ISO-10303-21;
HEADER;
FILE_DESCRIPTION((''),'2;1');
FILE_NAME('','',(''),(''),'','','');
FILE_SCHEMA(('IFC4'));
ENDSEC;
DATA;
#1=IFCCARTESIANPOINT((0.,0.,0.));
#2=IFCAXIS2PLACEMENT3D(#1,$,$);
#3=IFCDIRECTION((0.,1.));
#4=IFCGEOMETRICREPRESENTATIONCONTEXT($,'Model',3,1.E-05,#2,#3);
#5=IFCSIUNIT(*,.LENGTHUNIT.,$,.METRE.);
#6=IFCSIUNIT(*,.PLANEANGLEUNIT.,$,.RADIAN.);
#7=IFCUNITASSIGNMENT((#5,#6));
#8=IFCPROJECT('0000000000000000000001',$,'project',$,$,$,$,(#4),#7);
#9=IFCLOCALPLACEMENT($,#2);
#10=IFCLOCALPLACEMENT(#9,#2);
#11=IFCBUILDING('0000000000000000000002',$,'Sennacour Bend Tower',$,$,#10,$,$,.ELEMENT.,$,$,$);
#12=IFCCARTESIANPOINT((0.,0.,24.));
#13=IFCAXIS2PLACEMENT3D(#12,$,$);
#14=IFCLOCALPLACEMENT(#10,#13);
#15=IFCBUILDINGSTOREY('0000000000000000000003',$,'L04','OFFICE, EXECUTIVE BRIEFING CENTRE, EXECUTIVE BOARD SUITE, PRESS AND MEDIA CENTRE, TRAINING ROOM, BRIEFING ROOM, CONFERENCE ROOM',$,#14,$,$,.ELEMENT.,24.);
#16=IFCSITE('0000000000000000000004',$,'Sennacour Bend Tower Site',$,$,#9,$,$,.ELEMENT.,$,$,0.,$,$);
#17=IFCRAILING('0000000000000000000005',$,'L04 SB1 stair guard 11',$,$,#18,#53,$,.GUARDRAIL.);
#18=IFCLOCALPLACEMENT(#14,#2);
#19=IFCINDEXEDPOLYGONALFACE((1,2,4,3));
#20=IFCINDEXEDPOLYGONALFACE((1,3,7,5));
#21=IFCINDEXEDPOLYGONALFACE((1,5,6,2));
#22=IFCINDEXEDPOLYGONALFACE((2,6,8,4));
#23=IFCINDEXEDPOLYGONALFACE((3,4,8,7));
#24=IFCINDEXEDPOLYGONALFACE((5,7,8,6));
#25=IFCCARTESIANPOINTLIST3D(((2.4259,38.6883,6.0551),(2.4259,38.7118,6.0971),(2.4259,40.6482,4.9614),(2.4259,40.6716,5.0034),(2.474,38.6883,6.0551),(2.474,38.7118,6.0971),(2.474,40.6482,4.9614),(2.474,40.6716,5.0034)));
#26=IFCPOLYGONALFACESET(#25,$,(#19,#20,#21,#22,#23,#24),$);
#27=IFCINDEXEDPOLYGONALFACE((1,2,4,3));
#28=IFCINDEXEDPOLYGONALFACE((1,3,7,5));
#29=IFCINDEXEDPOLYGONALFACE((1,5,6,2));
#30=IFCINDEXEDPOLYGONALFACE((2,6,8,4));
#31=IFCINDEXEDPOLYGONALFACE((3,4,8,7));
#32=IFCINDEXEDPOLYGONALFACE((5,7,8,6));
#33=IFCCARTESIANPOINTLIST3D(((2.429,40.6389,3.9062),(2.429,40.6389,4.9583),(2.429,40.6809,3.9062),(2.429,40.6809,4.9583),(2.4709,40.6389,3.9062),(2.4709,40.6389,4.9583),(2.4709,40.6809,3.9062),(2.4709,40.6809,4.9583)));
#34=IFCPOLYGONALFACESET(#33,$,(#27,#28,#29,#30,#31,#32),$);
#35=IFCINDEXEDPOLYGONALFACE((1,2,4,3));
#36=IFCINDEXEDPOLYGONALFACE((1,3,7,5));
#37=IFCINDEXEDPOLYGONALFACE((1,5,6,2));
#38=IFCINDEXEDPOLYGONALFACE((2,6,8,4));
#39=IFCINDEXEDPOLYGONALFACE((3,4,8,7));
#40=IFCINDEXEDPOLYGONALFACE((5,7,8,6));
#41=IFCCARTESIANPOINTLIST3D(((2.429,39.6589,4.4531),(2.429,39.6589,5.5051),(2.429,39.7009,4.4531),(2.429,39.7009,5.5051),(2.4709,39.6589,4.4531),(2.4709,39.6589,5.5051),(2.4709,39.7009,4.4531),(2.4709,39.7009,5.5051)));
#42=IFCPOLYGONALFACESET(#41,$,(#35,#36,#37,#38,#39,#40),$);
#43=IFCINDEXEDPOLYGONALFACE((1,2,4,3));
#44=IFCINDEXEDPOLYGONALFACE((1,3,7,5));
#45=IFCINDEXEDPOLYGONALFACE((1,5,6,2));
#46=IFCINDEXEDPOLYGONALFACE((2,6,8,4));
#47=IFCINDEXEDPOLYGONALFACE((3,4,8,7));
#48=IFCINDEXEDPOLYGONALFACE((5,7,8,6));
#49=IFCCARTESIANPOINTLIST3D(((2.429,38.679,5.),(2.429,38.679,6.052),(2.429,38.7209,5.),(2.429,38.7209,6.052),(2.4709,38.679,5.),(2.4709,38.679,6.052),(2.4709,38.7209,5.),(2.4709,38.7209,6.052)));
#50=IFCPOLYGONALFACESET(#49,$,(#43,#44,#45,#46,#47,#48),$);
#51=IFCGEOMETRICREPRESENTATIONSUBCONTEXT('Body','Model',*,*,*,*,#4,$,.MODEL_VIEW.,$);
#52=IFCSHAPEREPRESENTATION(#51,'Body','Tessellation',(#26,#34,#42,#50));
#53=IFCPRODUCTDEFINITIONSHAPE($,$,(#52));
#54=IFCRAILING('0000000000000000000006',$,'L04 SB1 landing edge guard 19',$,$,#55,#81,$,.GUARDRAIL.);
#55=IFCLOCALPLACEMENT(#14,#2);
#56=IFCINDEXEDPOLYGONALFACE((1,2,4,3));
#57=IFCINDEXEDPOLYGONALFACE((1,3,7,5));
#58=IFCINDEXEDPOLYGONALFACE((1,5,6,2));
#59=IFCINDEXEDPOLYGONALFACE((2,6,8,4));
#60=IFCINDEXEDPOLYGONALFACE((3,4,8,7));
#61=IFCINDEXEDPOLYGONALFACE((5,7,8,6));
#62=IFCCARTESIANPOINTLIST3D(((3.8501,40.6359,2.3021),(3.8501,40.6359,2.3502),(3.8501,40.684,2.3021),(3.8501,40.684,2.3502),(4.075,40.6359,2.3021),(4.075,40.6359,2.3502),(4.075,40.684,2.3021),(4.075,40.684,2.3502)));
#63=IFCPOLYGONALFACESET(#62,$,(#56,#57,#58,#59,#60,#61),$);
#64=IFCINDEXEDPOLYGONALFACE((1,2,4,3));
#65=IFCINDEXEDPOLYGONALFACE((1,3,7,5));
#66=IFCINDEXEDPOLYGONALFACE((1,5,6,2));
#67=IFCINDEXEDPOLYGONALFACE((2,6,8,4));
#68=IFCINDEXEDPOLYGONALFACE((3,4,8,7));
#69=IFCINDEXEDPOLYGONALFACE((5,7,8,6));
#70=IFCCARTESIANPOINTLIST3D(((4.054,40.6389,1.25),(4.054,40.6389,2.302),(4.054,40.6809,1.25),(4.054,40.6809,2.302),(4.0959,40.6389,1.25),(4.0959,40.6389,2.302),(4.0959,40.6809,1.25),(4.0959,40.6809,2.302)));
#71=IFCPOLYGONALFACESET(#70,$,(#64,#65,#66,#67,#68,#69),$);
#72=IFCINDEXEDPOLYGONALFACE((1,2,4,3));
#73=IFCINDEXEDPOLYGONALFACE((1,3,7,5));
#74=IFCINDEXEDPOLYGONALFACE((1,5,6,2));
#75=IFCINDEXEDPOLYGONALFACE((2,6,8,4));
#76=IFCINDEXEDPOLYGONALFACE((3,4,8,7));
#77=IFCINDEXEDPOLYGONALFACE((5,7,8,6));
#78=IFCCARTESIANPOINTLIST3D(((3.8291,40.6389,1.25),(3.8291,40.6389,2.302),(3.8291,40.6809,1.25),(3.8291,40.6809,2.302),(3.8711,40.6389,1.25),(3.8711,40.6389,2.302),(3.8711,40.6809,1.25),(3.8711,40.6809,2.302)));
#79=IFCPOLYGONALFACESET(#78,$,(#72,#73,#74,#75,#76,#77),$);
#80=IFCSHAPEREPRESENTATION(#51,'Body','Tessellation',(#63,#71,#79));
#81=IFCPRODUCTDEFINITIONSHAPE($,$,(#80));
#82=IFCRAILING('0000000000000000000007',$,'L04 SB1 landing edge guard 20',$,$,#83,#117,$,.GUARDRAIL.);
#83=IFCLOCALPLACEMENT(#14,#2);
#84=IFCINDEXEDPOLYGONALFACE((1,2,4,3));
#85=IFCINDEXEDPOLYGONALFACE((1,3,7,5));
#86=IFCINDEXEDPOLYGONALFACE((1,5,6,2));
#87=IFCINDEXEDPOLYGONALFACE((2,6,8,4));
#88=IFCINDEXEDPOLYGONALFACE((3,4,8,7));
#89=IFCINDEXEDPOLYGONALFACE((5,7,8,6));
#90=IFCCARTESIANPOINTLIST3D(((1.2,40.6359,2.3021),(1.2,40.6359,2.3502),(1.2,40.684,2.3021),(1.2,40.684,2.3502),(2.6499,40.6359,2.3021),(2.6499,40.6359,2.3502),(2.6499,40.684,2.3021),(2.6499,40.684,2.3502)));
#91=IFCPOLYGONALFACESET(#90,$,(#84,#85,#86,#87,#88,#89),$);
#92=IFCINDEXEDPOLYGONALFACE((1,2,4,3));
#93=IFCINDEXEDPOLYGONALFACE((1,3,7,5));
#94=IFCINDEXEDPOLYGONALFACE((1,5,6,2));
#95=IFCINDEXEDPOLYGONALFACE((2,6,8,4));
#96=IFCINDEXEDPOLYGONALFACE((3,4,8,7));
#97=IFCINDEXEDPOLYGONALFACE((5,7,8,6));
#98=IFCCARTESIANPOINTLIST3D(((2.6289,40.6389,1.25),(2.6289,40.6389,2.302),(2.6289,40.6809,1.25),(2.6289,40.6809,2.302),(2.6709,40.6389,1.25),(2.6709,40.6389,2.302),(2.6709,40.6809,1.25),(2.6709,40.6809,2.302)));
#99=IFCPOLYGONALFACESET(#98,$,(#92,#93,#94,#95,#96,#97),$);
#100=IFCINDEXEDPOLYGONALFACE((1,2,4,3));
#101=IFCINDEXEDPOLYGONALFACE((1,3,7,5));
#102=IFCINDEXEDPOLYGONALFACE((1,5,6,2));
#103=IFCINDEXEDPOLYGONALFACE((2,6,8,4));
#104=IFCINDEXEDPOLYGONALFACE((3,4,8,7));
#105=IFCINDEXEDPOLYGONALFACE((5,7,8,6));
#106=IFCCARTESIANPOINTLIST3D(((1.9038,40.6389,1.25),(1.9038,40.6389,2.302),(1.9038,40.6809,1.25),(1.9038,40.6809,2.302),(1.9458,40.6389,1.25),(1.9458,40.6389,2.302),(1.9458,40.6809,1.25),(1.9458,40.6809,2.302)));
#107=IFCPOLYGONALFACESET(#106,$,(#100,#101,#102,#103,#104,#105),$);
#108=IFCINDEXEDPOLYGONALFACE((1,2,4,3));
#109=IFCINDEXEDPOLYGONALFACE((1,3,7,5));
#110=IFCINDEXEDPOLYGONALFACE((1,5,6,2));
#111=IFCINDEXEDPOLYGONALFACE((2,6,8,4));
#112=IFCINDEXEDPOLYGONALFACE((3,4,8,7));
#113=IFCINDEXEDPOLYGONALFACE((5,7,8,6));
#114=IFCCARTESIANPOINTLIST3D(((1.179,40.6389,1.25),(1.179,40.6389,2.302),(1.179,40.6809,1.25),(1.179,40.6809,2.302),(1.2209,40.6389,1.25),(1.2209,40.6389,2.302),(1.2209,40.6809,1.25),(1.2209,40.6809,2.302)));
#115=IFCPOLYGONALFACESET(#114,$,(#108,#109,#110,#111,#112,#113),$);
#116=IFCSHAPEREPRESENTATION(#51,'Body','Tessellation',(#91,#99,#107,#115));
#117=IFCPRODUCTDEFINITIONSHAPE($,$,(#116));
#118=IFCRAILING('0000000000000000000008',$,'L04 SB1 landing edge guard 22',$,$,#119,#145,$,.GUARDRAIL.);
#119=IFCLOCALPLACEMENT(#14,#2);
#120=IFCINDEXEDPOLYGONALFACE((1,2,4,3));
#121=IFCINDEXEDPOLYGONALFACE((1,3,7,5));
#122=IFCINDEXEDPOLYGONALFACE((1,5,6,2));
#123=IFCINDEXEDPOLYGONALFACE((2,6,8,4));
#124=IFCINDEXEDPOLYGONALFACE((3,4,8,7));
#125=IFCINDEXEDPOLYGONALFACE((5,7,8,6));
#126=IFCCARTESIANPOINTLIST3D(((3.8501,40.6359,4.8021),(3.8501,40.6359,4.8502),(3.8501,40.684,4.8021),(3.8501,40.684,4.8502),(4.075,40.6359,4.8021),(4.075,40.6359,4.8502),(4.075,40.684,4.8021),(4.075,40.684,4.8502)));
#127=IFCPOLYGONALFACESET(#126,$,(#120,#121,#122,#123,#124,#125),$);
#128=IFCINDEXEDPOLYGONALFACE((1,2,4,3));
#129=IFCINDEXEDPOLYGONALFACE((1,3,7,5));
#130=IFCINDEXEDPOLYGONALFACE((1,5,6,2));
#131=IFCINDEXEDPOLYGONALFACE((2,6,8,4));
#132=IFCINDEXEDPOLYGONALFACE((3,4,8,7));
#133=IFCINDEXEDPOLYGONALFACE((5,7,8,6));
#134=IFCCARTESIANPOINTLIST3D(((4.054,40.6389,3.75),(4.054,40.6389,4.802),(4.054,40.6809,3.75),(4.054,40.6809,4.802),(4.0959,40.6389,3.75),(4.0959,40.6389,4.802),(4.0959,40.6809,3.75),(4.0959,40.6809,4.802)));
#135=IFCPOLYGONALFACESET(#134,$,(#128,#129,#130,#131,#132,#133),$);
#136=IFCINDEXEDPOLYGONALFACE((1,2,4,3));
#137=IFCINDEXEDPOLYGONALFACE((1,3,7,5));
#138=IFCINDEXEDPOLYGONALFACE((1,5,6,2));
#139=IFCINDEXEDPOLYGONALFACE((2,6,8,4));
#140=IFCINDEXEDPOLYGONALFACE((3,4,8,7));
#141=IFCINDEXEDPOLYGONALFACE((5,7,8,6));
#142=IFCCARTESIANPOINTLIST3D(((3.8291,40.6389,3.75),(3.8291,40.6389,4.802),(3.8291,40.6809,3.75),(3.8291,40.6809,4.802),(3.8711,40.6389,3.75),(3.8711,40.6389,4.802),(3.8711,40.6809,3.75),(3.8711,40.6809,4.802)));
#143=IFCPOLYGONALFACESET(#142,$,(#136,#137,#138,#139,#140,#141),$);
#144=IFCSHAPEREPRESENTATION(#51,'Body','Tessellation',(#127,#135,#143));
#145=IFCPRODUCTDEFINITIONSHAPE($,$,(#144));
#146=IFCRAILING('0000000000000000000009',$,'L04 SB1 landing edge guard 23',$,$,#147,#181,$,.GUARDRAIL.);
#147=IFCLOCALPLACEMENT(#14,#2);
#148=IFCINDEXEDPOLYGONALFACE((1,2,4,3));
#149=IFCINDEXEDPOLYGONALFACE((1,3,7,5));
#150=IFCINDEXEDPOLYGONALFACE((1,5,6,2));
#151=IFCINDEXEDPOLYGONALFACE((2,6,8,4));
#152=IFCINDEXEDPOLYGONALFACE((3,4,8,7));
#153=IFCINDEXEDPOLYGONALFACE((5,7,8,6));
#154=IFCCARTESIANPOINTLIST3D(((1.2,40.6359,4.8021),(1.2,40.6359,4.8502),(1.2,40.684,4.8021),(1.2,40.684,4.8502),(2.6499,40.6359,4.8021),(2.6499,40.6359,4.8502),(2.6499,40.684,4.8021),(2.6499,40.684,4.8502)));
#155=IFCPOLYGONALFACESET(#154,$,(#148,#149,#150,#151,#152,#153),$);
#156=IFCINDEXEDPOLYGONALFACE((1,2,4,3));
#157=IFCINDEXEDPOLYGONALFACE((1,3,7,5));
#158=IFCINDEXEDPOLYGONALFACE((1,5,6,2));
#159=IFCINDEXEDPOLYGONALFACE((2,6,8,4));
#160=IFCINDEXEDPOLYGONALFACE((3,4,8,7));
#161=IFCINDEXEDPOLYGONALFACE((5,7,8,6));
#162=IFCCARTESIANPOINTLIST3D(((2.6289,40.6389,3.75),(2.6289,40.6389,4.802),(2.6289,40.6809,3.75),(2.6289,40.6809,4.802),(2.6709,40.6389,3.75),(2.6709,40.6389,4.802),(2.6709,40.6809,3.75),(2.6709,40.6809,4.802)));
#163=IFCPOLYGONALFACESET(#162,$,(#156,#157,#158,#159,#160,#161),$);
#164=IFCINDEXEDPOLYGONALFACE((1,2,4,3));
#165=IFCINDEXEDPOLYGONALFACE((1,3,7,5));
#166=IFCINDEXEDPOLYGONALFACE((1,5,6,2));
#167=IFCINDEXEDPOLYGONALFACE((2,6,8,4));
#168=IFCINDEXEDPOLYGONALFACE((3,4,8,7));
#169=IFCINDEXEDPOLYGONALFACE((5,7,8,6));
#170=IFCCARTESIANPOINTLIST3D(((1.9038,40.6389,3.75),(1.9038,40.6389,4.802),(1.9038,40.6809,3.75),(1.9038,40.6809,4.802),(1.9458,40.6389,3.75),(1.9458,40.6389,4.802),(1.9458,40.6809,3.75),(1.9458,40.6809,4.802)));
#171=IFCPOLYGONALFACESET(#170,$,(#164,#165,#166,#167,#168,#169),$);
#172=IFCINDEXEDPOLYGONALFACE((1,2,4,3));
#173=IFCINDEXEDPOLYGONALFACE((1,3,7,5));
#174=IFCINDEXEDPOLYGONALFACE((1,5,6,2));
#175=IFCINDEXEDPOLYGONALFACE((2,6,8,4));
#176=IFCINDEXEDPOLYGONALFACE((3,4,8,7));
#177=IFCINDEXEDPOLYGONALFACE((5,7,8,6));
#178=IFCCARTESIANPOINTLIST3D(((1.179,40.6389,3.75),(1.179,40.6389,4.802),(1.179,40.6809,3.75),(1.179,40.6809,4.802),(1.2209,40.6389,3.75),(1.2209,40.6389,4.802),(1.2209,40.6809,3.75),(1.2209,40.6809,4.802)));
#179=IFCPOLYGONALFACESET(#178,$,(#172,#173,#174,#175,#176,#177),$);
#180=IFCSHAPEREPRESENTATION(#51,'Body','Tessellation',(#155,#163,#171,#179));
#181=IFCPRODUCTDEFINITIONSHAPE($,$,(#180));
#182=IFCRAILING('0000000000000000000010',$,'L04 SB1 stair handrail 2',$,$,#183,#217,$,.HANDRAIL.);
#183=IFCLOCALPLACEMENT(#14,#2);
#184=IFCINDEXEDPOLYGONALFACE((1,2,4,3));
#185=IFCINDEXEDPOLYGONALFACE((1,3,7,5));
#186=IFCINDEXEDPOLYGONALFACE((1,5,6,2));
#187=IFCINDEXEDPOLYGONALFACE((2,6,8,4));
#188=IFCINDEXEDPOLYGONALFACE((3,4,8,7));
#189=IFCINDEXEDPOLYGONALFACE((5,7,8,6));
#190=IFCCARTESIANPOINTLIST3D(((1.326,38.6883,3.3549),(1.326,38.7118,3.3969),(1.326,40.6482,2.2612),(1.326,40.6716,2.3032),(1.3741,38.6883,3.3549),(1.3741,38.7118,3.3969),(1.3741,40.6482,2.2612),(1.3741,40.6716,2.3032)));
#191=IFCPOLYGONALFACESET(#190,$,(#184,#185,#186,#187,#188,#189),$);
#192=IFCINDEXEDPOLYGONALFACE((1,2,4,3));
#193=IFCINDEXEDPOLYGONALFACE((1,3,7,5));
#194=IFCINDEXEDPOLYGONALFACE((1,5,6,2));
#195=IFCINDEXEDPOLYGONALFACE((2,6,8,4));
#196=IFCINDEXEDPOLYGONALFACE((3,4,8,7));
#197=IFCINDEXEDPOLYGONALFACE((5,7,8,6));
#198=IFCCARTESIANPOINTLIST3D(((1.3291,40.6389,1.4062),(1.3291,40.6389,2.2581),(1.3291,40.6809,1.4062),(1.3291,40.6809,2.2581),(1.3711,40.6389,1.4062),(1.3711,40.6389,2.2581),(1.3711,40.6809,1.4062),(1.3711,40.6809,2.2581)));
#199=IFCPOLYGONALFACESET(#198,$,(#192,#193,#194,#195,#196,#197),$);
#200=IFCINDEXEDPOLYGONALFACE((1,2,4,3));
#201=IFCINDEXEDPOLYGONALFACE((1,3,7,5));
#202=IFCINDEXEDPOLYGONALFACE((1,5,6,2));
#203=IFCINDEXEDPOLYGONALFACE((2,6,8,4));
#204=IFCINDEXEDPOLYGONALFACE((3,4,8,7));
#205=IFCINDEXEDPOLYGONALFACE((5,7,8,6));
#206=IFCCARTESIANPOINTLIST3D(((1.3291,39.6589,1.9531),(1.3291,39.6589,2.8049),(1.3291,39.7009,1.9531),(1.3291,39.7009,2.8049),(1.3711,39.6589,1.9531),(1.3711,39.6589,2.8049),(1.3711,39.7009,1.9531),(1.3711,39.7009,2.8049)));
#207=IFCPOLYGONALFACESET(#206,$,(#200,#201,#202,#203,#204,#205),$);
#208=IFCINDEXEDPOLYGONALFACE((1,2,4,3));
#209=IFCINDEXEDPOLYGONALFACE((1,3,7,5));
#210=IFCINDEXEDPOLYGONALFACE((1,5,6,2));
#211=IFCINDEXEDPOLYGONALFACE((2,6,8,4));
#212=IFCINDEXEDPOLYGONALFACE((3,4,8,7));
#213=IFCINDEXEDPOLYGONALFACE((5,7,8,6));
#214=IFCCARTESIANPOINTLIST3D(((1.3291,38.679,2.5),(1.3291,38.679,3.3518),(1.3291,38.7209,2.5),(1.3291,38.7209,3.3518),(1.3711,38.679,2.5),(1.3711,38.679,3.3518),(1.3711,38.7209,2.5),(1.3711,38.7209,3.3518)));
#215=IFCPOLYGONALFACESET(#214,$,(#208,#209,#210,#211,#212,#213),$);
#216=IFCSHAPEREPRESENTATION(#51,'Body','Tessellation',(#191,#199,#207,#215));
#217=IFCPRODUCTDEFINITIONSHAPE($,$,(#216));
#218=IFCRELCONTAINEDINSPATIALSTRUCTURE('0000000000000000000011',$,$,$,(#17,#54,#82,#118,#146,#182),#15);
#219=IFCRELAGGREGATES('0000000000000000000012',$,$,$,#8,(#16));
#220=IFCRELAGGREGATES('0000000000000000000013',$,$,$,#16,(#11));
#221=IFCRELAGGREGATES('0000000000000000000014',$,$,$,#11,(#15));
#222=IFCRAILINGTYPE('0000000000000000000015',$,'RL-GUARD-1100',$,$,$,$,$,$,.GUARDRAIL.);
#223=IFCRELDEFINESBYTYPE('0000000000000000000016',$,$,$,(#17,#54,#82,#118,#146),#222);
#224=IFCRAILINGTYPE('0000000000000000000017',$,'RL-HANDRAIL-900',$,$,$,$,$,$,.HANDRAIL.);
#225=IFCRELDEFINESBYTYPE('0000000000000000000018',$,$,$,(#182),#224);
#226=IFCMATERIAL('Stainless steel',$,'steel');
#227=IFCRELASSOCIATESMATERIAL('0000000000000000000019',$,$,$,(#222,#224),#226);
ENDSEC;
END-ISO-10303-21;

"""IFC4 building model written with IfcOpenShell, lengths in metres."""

from ifc_helpers import new_model, si_unit, direction, frame, origin, origin_2d, place, context, subcontext, project, spatial, rectangle, extrude, material, type_object, element, save


model = new_model("IFC4")

# Units and contexts
model_context = context("Model", 3, precision=1e-05, world=origin(), true_north=direction((0.0, 1.0)))
body_context = subcontext(model_context, "Body", "Model", "MODEL_VIEW")
ifc_project = project(units=[si_unit("LENGTHUNIT", "METRE"), si_unit("PLANEANGLEUNIT", "RADIAN")], contexts=[model_context])

# Site, building, storey
site_placement = place(None, origin())
site = spatial("IfcSite", under=ifc_project, at=site_placement, Name="Sennacour Bend Tower Site", CompositionType="ELEMENT", RefElevation=0.0)
building_placement = place(site_placement, origin())
building = spatial("IfcBuilding", under=site, at=building_placement, Name="Sennacour Bend Tower", CompositionType="ELEMENT")
storey_placement = place(building_placement, frame((0.0, 0.0, 24.0)))
storey = spatial("IfcBuildingStorey", under=building, at=storey_placement, Name="L04", Description="OFFICE, EXECUTIVE BRIEFING CENTRE, EXECUTIVE BOARD SUITE, PRESS AND MEDIA CENTRE, TRAINING ROOM, BRIEFING ROOM, CONFERENCE ROOM", CompositionType="ELEMENT", Elevation=24.0)

# Railings
ifc_material_1 = material(Name="Stainless steel", Category="steel")
railing_type_1 = type_object("IfcRailingType", Name="RL-GUARD-1100", PredefinedType="GUARDRAIL", material=ifc_material_1)
railing_1_placement = place(storey_placement, frame((2.45, 40.6599, 3.9062)))
element("IfcRailing", 1, at=railing_1_placement, inside=storey, type_object=railing_type_1, Name="L04 SB1 stair guard 11", PredefinedType="GUARDRAIL", context=body_context, shape_type="SweptSolid", body=[
    extrude(rectangle(XDim=0.0481, YDim=0.0481, at=origin_2d()), frame((0.0, 0.0, 1.0762), z_axis=(0.0, -0.873232, 0.487304), x_axis=(1.0, 0.0, 0.0)), (0.0, 0.0, 1.0), 2.2444),
    extrude(rectangle(XDim=0.042, YDim=0.042, at=origin_2d()), origin(), (0.0, 0.0, 1.0), 1.052),
    extrude(rectangle(XDim=0.042, YDim=0.042, at=origin_2d()), frame((0.0, -0.98, 0.5469)), (0.0, 0.0, 1.0), 1.052),
    extrude(rectangle(XDim=0.042, YDim=0.042, at=origin_2d()), frame((0.0, -1.96, 1.0938)), (0.0, 0.0, 1.0), 1.052),
])
railing_2_placement = place(storey_placement, frame((4.075, 40.6599, 1.25)))
element("IfcRailing", 2, at=railing_2_placement, inside=storey, type_object=railing_type_1, Name="L04 SB1 landing edge guard 19", PredefinedType="GUARDRAIL", context=body_context, shape_type="SweptSolid", body=[
    extrude(rectangle(XDim=0.0481, YDim=0.0481, at=origin_2d()), frame((0.0, 0.0, 1.0762), z_axis=(-1.0, 0.0, 0.0), x_axis=(0.0, -1.0, 0.0)), (0.0, 0.0, 1.0), 0.2249),
    extrude(rectangle(XDim=0.042, YDim=0.042, at=origin_2d()), origin(), (0.0, 0.0, 1.0), 1.052),
    extrude(rectangle(XDim=0.042, YDim=0.042, at=origin_2d()), frame((-0.2249, 0.0, 0.0)), (0.0, 0.0, 1.0), 1.052),
])
railing_3_placement = place(storey_placement, frame((2.6499, 40.6599, 1.25)))
element("IfcRailing", 3, at=railing_3_placement, inside=storey, type_object=railing_type_1, Name="L04 SB1 landing edge guard 20", PredefinedType="GUARDRAIL", context=body_context, shape_type="SweptSolid", body=[
    extrude(rectangle(XDim=0.0481, YDim=0.0481, at=origin_2d()), frame((0.0, 0.0, 1.0762), z_axis=(-1.0, 0.0, 0.0), x_axis=(0.0, -1.0, 0.0)), (0.0, 0.0, 1.0), 1.45),
    extrude(rectangle(XDim=0.042, YDim=0.042, at=origin_2d()), origin(), (0.0, 0.0, 1.0), 1.052),
    extrude(rectangle(XDim=0.042, YDim=0.042, at=origin_2d()), frame((-0.7251, 0.0, 0.0)), (0.0, 0.0, 1.0), 1.052),
    extrude(rectangle(XDim=0.042, YDim=0.042, at=origin_2d()), frame((-1.45, 0.0, 0.0)), (0.0, 0.0, 1.0), 1.052),
])
railing_4_placement = place(storey_placement, frame((4.075, 40.6599, 3.75)))
element("IfcRailing", 4, at=railing_4_placement, inside=storey, type_object=railing_type_1, Name="L04 SB1 landing edge guard 22", PredefinedType="GUARDRAIL", context=body_context, shape_type="SweptSolid", body=[
    extrude(rectangle(XDim=0.0481, YDim=0.0481, at=origin_2d()), frame((0.0, 0.0, 1.0762), z_axis=(-1.0, 0.0, 0.0), x_axis=(0.0, -1.0, 0.0)), (0.0, 0.0, 1.0), 0.2249),
    extrude(rectangle(XDim=0.042, YDim=0.042, at=origin_2d()), origin(), (0.0, 0.0, 1.0), 1.052),
    extrude(rectangle(XDim=0.042, YDim=0.042, at=origin_2d()), frame((-0.2249, 0.0, 0.0)), (0.0, 0.0, 1.0), 1.052),
])
railing_5_placement = place(storey_placement, frame((2.6499, 40.6599, 3.75)))
element("IfcRailing", 5, at=railing_5_placement, inside=storey, type_object=railing_type_1, Name="L04 SB1 landing edge guard 23", PredefinedType="GUARDRAIL", context=body_context, shape_type="SweptSolid", body=[
    extrude(rectangle(XDim=0.0481, YDim=0.0481, at=origin_2d()), frame((0.0, 0.0, 1.0762), z_axis=(-1.0, 0.0, 0.0), x_axis=(0.0, -1.0, 0.0)), (0.0, 0.0, 1.0), 1.45),
    extrude(rectangle(XDim=0.042, YDim=0.042, at=origin_2d()), origin(), (0.0, 0.0, 1.0), 1.052),
    extrude(rectangle(XDim=0.042, YDim=0.042, at=origin_2d()), frame((-0.7251, 0.0, 0.0)), (0.0, 0.0, 1.0), 1.052),
    extrude(rectangle(XDim=0.042, YDim=0.042, at=origin_2d()), frame((-1.45, 0.0, 0.0)), (0.0, 0.0, 1.0), 1.052),
])
railing_type_2 = type_object("IfcRailingType", Name="RL-HANDRAIL-900", PredefinedType="HANDRAIL", material=ifc_material_1)
for number, where, name in (
    (6, (1.3501, 40.6599, 1.4062), "L04 SB1 stair handrail 2"),
):
    element("IfcRailing", number, at=place(storey_placement, frame(where)), inside=storey, type_object=railing_type_2, Name=name, PredefinedType="HANDRAIL", context=body_context, shape_type="SweptSolid", body=[
        extrude(rectangle(XDim=0.0481, YDim=0.0481, at=origin_2d()), frame((0.0, 0.0, 0.876), z_axis=(0.0, -0.873232, 0.487304), x_axis=(1.0, 0.0, 0.0)), (0.0, 0.0, 1.0), 2.2444),
        extrude(rectangle(XDim=0.042, YDim=0.042, at=origin_2d()), origin(), (0.0, 0.0, 1.0), 0.8518),
        extrude(rectangle(XDim=0.042, YDim=0.042, at=origin_2d()), frame((0.0, -0.98, 0.5469)), (0.0, 0.0, 1.0), 0.8518),
        extrude(rectangle(XDim=0.042, YDim=0.042, at=origin_2d()), frame((0.0, -1.96, 1.0938)), (0.0, 0.0, 1.0), 0.8518),
    ])

save(model, "model.ifc")
